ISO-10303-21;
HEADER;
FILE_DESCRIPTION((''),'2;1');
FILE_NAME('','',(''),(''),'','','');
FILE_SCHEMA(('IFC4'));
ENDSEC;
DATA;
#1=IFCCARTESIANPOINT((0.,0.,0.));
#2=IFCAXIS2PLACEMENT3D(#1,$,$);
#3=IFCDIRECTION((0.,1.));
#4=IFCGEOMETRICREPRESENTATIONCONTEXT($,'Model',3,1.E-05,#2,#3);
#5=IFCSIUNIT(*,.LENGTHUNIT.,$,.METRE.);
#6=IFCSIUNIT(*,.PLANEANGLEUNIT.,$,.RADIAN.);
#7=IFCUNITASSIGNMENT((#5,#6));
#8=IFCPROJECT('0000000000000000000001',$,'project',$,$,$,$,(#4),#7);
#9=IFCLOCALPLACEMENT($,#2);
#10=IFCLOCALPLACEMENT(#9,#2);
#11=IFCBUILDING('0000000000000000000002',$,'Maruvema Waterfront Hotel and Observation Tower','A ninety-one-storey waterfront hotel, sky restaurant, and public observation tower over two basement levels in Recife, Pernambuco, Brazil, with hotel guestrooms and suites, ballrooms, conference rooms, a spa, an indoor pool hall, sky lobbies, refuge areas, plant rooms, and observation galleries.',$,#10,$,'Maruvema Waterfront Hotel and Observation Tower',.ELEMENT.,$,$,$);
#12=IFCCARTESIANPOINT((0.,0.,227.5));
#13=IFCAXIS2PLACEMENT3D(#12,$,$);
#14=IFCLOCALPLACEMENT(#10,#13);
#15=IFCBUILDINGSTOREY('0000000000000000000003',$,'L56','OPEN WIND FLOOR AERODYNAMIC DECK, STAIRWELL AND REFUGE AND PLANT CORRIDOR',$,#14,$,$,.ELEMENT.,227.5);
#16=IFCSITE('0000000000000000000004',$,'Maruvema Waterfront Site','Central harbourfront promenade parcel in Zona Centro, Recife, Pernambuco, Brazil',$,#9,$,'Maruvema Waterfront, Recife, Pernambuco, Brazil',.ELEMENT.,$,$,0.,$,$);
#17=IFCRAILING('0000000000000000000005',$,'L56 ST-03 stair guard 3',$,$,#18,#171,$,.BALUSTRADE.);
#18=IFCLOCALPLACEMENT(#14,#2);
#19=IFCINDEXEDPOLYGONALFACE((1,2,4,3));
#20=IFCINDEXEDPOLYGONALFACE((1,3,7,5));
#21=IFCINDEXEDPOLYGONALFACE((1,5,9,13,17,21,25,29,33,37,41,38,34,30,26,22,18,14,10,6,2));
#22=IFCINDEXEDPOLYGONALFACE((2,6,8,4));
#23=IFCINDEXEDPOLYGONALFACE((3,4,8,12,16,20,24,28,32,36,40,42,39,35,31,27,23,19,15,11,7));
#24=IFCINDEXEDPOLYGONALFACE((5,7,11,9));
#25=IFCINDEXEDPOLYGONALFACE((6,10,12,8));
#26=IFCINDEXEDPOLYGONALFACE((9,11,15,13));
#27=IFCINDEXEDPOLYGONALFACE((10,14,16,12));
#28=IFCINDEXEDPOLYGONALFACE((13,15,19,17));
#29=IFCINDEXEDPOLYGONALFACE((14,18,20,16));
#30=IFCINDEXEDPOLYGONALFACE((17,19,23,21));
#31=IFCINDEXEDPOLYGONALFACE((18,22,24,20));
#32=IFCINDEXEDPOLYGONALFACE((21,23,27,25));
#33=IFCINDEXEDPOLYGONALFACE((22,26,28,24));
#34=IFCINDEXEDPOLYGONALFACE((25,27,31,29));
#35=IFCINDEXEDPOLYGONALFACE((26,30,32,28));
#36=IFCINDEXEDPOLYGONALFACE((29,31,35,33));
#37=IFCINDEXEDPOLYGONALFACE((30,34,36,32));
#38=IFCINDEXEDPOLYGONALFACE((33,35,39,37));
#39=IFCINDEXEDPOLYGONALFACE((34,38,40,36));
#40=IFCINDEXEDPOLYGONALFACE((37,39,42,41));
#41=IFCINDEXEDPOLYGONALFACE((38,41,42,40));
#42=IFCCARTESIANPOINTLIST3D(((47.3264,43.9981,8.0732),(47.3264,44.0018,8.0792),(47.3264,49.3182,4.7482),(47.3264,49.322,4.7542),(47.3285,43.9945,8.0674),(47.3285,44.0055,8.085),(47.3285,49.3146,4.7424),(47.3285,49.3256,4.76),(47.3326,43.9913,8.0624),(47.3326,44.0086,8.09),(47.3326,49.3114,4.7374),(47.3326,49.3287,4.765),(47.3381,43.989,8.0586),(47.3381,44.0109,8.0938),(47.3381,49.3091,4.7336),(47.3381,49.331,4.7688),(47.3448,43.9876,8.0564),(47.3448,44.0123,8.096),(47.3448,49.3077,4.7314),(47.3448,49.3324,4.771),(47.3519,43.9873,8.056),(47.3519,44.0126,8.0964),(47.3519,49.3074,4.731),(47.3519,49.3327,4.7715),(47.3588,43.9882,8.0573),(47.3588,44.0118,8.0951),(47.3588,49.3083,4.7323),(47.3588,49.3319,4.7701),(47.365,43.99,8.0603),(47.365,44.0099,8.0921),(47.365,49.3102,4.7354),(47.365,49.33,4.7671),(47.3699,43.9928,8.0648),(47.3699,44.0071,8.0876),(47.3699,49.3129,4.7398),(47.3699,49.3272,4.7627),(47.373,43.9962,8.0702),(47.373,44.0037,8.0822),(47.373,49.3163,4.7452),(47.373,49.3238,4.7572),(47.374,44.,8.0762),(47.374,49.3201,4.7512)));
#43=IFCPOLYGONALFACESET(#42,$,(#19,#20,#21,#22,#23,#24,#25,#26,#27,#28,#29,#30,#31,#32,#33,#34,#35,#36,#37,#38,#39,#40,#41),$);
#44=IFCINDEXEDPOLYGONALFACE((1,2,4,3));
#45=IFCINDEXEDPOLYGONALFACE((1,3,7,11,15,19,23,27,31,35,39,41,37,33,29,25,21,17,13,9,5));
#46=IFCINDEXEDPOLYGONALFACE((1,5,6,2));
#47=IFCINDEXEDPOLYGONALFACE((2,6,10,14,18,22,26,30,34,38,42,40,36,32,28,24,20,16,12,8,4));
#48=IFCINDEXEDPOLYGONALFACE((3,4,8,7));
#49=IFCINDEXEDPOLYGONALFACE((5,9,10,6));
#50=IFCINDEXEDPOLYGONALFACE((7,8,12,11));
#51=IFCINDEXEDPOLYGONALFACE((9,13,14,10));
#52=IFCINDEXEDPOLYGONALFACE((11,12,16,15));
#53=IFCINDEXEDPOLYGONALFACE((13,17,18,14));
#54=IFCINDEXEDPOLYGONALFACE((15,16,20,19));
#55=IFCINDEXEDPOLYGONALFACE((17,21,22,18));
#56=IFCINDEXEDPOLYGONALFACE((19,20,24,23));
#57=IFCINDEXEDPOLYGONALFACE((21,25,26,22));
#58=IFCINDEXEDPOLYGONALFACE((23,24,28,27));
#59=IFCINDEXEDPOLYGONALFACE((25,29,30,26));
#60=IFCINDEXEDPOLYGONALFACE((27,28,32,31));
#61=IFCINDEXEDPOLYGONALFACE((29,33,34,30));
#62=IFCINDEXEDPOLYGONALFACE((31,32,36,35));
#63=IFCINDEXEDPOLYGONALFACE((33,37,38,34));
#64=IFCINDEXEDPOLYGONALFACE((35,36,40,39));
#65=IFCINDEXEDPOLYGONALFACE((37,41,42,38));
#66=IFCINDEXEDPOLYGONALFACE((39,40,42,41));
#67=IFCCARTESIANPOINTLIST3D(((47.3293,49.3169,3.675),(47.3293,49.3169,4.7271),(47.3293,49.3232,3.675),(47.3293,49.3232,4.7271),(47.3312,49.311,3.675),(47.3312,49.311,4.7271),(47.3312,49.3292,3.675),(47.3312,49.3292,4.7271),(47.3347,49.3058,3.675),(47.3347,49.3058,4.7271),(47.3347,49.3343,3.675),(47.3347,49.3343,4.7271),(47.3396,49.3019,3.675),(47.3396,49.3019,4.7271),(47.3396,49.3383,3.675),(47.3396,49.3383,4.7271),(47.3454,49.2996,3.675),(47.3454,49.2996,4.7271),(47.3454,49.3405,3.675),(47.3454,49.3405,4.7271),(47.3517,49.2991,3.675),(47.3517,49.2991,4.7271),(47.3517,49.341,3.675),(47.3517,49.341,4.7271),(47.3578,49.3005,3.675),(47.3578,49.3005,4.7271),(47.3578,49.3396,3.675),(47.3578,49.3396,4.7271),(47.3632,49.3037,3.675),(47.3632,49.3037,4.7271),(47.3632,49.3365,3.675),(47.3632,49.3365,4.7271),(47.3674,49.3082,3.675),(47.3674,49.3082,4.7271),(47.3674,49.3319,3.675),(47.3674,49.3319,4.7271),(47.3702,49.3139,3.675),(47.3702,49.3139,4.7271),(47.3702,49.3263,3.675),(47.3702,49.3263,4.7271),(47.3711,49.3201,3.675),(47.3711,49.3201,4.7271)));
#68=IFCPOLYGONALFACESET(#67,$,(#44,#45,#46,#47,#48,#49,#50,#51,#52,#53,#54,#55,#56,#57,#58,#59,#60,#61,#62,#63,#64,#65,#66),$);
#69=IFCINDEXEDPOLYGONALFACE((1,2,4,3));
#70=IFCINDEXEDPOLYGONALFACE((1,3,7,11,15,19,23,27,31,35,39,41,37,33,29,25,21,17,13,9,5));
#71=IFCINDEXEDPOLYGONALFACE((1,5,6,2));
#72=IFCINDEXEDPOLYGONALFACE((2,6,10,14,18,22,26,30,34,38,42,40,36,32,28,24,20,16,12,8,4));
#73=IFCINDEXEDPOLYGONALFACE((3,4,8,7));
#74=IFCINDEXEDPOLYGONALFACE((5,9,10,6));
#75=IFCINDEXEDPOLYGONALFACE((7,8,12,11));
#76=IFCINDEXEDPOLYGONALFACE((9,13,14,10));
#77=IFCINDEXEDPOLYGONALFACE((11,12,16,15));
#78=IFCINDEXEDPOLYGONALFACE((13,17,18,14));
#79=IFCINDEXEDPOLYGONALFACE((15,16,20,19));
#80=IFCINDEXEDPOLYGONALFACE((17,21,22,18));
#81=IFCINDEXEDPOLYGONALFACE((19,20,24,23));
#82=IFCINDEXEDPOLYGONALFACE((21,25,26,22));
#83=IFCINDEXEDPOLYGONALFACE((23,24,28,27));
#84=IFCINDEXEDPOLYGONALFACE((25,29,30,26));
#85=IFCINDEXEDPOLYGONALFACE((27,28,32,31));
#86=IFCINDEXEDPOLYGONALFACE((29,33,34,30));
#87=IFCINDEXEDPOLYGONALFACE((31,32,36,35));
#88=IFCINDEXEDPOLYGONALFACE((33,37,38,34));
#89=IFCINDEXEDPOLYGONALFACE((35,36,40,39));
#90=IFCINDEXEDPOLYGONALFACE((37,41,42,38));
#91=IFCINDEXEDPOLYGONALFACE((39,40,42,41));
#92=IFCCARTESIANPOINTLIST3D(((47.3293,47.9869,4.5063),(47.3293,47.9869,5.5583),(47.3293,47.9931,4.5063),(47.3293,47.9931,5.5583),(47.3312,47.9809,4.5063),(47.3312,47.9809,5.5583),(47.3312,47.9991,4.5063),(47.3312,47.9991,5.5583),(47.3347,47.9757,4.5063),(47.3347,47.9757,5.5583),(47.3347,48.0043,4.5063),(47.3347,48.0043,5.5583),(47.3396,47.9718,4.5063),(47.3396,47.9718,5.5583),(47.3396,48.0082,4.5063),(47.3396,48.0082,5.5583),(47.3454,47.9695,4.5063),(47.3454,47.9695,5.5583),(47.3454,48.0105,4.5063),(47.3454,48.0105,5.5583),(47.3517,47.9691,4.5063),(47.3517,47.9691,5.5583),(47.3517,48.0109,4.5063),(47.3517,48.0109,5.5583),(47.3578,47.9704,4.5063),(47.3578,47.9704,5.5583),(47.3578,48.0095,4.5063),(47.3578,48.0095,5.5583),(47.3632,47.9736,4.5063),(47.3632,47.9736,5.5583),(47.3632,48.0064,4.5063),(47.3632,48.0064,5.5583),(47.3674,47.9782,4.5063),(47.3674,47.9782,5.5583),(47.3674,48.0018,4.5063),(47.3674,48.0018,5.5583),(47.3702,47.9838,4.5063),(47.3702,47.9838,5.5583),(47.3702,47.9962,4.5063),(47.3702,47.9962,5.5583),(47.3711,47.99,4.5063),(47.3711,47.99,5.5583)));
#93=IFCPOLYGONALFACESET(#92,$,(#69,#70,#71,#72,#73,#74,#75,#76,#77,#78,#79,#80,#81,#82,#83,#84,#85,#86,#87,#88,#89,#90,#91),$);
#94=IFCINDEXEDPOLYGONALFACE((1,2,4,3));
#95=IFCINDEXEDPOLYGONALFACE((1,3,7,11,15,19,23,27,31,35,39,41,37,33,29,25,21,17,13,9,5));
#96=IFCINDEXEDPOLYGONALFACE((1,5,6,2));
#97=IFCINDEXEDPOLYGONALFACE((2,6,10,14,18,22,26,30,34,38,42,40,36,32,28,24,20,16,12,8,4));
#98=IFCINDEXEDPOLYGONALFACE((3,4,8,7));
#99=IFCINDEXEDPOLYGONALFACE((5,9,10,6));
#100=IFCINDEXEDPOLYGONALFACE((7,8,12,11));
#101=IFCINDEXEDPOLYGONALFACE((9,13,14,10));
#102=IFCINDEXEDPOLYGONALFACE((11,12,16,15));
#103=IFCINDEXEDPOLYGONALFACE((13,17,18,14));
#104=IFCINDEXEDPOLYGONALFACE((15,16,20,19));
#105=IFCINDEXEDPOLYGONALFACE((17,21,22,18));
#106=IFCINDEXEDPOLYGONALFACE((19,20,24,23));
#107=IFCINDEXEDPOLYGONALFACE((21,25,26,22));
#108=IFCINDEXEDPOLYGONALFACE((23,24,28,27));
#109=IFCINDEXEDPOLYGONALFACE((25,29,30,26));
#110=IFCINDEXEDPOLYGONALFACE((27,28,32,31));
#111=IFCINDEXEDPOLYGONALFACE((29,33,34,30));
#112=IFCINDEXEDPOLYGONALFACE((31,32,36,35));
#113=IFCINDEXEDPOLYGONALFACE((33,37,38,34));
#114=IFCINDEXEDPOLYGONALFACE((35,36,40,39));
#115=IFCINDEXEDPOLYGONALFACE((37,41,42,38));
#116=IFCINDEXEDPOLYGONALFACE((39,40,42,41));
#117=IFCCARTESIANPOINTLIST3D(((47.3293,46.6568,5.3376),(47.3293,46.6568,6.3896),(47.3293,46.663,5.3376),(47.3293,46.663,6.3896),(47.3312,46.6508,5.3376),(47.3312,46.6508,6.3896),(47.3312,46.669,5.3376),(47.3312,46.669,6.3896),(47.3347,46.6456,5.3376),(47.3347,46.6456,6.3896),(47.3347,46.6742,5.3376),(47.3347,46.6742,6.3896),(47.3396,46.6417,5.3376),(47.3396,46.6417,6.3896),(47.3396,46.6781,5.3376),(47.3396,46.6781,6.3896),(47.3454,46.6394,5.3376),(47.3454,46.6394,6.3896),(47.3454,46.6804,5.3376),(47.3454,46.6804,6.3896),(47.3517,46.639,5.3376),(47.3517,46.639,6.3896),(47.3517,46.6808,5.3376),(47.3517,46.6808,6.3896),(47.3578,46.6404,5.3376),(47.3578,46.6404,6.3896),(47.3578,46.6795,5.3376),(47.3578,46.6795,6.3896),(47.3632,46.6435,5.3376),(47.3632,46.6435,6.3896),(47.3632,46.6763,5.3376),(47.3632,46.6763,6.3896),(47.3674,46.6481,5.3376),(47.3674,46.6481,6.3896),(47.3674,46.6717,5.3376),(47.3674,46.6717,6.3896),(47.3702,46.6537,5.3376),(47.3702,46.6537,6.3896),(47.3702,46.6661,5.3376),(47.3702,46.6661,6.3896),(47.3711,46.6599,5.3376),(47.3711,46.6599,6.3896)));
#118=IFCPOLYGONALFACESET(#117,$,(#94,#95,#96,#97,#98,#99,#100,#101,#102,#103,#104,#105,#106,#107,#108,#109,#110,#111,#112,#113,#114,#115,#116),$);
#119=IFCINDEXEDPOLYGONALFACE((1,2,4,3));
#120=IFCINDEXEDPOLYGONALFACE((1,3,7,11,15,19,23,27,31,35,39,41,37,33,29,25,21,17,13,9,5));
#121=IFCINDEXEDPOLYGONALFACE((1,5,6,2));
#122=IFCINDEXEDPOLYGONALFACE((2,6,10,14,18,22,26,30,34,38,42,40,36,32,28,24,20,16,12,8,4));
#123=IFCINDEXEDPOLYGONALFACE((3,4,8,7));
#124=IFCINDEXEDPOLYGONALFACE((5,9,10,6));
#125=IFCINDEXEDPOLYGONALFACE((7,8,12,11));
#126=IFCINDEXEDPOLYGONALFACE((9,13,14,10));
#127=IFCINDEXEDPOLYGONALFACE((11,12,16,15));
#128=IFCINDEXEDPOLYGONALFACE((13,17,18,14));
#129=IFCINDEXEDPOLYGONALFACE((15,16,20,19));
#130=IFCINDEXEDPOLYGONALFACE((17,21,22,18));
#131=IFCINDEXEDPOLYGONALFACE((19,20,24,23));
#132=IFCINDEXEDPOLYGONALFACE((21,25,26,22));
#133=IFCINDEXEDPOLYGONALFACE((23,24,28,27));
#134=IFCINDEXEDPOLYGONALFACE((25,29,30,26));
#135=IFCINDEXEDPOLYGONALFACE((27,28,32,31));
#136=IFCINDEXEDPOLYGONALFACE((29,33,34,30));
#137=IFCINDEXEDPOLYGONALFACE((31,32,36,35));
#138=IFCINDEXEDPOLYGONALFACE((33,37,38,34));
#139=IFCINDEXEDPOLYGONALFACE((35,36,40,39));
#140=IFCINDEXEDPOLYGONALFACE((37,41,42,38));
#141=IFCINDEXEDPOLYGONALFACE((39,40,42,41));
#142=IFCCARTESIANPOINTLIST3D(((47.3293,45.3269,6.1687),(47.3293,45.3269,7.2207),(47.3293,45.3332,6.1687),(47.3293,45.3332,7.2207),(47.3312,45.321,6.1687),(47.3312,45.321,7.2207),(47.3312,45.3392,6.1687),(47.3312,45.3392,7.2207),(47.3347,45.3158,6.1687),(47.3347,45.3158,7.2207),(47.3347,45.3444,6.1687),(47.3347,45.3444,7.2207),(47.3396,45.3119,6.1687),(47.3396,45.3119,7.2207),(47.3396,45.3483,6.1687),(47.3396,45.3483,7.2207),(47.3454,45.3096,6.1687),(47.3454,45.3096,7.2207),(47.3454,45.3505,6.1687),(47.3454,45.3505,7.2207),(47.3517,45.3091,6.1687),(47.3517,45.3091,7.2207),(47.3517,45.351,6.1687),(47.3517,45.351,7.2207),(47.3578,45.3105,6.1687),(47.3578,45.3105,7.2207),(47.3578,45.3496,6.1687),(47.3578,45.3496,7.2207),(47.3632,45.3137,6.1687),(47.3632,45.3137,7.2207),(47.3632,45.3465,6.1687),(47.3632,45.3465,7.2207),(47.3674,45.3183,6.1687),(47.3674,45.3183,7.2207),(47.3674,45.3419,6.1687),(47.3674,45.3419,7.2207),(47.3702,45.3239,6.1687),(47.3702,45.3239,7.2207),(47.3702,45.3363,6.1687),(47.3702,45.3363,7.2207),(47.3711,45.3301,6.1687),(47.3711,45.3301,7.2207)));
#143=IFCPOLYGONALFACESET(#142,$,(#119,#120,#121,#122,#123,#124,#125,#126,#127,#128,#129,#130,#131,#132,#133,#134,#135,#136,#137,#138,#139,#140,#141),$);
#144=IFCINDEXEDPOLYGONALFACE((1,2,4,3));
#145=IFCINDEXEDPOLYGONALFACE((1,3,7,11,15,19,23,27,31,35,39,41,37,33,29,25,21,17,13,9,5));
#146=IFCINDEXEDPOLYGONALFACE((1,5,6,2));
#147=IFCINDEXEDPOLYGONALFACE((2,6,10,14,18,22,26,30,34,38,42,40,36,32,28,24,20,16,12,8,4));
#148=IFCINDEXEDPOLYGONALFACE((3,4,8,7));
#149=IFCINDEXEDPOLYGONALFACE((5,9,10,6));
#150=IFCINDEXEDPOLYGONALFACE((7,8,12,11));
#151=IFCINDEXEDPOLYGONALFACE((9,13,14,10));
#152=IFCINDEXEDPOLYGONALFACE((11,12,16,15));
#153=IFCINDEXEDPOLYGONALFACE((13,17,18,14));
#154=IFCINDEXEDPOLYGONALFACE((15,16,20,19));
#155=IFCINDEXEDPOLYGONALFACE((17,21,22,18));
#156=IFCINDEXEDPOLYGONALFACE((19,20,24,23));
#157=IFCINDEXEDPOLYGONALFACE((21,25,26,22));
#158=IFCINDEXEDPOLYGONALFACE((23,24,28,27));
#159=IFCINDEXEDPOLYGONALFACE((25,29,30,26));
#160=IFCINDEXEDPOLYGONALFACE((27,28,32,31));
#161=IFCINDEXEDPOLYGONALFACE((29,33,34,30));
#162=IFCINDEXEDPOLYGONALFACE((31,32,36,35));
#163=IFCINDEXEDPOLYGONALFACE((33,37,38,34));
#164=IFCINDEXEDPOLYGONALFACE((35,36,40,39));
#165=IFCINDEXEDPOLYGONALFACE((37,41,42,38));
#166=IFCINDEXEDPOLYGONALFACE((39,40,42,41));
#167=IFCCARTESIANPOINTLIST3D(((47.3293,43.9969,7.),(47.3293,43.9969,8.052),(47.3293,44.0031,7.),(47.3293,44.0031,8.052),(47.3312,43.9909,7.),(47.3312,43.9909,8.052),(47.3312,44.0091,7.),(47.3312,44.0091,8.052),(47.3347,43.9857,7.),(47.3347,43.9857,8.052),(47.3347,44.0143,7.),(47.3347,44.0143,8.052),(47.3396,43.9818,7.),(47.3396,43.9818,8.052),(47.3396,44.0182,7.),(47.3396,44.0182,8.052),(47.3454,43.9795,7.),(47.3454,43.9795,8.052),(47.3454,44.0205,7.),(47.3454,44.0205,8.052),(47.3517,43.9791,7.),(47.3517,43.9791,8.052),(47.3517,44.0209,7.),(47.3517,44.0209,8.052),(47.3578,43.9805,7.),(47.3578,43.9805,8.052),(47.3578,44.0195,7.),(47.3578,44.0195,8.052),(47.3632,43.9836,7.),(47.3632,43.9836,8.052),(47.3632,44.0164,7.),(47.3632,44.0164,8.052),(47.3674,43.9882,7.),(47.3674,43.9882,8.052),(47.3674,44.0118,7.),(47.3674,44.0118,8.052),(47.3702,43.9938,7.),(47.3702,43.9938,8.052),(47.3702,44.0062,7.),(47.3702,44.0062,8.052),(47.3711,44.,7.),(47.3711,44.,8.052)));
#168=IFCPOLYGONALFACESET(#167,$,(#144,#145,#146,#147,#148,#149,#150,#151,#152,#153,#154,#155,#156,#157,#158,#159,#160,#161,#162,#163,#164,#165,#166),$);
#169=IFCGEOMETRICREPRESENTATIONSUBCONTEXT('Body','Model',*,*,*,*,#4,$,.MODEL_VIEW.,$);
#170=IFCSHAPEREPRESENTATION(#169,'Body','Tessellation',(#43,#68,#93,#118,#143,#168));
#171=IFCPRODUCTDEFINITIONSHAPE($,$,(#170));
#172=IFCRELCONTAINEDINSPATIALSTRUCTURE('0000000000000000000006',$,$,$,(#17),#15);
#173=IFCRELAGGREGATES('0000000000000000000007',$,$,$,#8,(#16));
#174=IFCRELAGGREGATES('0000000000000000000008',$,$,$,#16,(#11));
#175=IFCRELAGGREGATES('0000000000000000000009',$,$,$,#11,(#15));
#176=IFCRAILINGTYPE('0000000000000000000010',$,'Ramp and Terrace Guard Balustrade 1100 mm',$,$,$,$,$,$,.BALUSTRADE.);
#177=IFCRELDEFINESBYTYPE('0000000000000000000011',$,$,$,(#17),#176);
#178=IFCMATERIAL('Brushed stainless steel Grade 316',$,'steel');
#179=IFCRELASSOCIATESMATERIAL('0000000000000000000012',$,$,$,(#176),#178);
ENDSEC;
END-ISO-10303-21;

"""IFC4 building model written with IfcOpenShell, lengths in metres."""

from ifc_helpers import new_model, si_unit, direction, frame, origin, origin_2d, place, context, subcontext, project, spatial, circle, extrude, material, type_object, element, save


model = new_model("IFC4")

# Units and contexts
model_context = context("Model", 3, precision=1e-05, world=origin(), true_north=direction((0.0, 1.0)))
body_context = subcontext(model_context, "Body", "Model", "MODEL_VIEW")
ifc_project = project(units=[si_unit("LENGTHUNIT", "METRE"), si_unit("PLANEANGLEUNIT", "RADIAN")], contexts=[model_context])

# Site, building, storey
site_placement = place(None, origin())
site = spatial("IfcSite", under=ifc_project, at=site_placement, Name="Maruvema Waterfront Site", Description="Central harbourfront promenade parcel in Zona Centro, Recife, Pernambuco, Brazil", LongName="Maruvema Waterfront, Recife, Pernambuco, Brazil", CompositionType="ELEMENT", RefElevation=0.0)
building_placement = place(site_placement, origin())
building = spatial("IfcBuilding", under=site, at=building_placement, Name="Maruvema Waterfront Hotel and Observation Tower", Description="A ninety-one-storey waterfront hotel, sky restaurant, and public observation tower over two basement levels in Recife, Pernambuco, Brazil, with hotel guestrooms and suites, ballrooms, conference rooms, a spa, an indoor pool hall, sky lobbies, refuge areas, plant rooms, and observation galleries.", LongName="Maruvema Waterfront Hotel and Observation Tower", CompositionType="ELEMENT")
storey_placement = place(building_placement, frame((0.0, 0.0, 227.5)))
storey = spatial("IfcBuildingStorey", under=building, at=storey_placement, Name="L56", Description="OPEN WIND FLOOR AERODYNAMIC DECK, STAIRWELL AND REFUGE AND PLANT CORRIDOR", CompositionType="ELEMENT", Elevation=227.5)

# Railing
ifc_material_1 = material(Name="Brushed stainless steel Grade 316", Category="steel")
railing_type_1 = type_object("IfcRailingType", Name="Ramp and Terrace Guard Balustrade 1100 mm", PredefinedType="BALUSTRADE", material=ifc_material_1)
railing_1_placement = place(storey_placement, frame((47.3501, 49.3201, 3.675)))
element("IfcRailing", 1, at=railing_1_placement, inside=storey, type_object=railing_type_1, Name="L56 ST-03 stair guard 3", PredefinedType="BALUSTRADE", context=body_context, shape_type="SweptSolid", body=[
    extrude(circle(Radius=0.0239, at=origin_2d()), frame((0.0, 0.0, 1.0762), z_axis=(0.0, -0.848005, 0.529988), x_axis=(1.0, 0.0, 0.0)), (0.0, 0.0, 1.0), 6.2737),
    extrude(circle(Radius=0.021, at=origin_2d()), origin(), (0.0, 0.0, 1.0), 1.052),
    extrude(circle(Radius=0.021, at=origin_2d()), frame((0.0, -1.3301, 0.8313)), (0.0, 0.0, 1.0), 1.052),
    extrude(circle(Radius=0.021, at=origin_2d()), frame((0.0, -2.6602, 1.6626)), (0.0, 0.0, 1.0), 1.052),
    extrude(circle(Radius=0.021, at=origin_2d()), frame((0.0, -3.99, 2.4937)), (0.0, 0.0, 1.0), 1.052),
    extrude(circle(Radius=0.021, at=origin_2d()), frame((0.0, -5.3201, 3.325)), (0.0, 0.0, 1.0), 1.052),
])

save(model, "model.ifc")
